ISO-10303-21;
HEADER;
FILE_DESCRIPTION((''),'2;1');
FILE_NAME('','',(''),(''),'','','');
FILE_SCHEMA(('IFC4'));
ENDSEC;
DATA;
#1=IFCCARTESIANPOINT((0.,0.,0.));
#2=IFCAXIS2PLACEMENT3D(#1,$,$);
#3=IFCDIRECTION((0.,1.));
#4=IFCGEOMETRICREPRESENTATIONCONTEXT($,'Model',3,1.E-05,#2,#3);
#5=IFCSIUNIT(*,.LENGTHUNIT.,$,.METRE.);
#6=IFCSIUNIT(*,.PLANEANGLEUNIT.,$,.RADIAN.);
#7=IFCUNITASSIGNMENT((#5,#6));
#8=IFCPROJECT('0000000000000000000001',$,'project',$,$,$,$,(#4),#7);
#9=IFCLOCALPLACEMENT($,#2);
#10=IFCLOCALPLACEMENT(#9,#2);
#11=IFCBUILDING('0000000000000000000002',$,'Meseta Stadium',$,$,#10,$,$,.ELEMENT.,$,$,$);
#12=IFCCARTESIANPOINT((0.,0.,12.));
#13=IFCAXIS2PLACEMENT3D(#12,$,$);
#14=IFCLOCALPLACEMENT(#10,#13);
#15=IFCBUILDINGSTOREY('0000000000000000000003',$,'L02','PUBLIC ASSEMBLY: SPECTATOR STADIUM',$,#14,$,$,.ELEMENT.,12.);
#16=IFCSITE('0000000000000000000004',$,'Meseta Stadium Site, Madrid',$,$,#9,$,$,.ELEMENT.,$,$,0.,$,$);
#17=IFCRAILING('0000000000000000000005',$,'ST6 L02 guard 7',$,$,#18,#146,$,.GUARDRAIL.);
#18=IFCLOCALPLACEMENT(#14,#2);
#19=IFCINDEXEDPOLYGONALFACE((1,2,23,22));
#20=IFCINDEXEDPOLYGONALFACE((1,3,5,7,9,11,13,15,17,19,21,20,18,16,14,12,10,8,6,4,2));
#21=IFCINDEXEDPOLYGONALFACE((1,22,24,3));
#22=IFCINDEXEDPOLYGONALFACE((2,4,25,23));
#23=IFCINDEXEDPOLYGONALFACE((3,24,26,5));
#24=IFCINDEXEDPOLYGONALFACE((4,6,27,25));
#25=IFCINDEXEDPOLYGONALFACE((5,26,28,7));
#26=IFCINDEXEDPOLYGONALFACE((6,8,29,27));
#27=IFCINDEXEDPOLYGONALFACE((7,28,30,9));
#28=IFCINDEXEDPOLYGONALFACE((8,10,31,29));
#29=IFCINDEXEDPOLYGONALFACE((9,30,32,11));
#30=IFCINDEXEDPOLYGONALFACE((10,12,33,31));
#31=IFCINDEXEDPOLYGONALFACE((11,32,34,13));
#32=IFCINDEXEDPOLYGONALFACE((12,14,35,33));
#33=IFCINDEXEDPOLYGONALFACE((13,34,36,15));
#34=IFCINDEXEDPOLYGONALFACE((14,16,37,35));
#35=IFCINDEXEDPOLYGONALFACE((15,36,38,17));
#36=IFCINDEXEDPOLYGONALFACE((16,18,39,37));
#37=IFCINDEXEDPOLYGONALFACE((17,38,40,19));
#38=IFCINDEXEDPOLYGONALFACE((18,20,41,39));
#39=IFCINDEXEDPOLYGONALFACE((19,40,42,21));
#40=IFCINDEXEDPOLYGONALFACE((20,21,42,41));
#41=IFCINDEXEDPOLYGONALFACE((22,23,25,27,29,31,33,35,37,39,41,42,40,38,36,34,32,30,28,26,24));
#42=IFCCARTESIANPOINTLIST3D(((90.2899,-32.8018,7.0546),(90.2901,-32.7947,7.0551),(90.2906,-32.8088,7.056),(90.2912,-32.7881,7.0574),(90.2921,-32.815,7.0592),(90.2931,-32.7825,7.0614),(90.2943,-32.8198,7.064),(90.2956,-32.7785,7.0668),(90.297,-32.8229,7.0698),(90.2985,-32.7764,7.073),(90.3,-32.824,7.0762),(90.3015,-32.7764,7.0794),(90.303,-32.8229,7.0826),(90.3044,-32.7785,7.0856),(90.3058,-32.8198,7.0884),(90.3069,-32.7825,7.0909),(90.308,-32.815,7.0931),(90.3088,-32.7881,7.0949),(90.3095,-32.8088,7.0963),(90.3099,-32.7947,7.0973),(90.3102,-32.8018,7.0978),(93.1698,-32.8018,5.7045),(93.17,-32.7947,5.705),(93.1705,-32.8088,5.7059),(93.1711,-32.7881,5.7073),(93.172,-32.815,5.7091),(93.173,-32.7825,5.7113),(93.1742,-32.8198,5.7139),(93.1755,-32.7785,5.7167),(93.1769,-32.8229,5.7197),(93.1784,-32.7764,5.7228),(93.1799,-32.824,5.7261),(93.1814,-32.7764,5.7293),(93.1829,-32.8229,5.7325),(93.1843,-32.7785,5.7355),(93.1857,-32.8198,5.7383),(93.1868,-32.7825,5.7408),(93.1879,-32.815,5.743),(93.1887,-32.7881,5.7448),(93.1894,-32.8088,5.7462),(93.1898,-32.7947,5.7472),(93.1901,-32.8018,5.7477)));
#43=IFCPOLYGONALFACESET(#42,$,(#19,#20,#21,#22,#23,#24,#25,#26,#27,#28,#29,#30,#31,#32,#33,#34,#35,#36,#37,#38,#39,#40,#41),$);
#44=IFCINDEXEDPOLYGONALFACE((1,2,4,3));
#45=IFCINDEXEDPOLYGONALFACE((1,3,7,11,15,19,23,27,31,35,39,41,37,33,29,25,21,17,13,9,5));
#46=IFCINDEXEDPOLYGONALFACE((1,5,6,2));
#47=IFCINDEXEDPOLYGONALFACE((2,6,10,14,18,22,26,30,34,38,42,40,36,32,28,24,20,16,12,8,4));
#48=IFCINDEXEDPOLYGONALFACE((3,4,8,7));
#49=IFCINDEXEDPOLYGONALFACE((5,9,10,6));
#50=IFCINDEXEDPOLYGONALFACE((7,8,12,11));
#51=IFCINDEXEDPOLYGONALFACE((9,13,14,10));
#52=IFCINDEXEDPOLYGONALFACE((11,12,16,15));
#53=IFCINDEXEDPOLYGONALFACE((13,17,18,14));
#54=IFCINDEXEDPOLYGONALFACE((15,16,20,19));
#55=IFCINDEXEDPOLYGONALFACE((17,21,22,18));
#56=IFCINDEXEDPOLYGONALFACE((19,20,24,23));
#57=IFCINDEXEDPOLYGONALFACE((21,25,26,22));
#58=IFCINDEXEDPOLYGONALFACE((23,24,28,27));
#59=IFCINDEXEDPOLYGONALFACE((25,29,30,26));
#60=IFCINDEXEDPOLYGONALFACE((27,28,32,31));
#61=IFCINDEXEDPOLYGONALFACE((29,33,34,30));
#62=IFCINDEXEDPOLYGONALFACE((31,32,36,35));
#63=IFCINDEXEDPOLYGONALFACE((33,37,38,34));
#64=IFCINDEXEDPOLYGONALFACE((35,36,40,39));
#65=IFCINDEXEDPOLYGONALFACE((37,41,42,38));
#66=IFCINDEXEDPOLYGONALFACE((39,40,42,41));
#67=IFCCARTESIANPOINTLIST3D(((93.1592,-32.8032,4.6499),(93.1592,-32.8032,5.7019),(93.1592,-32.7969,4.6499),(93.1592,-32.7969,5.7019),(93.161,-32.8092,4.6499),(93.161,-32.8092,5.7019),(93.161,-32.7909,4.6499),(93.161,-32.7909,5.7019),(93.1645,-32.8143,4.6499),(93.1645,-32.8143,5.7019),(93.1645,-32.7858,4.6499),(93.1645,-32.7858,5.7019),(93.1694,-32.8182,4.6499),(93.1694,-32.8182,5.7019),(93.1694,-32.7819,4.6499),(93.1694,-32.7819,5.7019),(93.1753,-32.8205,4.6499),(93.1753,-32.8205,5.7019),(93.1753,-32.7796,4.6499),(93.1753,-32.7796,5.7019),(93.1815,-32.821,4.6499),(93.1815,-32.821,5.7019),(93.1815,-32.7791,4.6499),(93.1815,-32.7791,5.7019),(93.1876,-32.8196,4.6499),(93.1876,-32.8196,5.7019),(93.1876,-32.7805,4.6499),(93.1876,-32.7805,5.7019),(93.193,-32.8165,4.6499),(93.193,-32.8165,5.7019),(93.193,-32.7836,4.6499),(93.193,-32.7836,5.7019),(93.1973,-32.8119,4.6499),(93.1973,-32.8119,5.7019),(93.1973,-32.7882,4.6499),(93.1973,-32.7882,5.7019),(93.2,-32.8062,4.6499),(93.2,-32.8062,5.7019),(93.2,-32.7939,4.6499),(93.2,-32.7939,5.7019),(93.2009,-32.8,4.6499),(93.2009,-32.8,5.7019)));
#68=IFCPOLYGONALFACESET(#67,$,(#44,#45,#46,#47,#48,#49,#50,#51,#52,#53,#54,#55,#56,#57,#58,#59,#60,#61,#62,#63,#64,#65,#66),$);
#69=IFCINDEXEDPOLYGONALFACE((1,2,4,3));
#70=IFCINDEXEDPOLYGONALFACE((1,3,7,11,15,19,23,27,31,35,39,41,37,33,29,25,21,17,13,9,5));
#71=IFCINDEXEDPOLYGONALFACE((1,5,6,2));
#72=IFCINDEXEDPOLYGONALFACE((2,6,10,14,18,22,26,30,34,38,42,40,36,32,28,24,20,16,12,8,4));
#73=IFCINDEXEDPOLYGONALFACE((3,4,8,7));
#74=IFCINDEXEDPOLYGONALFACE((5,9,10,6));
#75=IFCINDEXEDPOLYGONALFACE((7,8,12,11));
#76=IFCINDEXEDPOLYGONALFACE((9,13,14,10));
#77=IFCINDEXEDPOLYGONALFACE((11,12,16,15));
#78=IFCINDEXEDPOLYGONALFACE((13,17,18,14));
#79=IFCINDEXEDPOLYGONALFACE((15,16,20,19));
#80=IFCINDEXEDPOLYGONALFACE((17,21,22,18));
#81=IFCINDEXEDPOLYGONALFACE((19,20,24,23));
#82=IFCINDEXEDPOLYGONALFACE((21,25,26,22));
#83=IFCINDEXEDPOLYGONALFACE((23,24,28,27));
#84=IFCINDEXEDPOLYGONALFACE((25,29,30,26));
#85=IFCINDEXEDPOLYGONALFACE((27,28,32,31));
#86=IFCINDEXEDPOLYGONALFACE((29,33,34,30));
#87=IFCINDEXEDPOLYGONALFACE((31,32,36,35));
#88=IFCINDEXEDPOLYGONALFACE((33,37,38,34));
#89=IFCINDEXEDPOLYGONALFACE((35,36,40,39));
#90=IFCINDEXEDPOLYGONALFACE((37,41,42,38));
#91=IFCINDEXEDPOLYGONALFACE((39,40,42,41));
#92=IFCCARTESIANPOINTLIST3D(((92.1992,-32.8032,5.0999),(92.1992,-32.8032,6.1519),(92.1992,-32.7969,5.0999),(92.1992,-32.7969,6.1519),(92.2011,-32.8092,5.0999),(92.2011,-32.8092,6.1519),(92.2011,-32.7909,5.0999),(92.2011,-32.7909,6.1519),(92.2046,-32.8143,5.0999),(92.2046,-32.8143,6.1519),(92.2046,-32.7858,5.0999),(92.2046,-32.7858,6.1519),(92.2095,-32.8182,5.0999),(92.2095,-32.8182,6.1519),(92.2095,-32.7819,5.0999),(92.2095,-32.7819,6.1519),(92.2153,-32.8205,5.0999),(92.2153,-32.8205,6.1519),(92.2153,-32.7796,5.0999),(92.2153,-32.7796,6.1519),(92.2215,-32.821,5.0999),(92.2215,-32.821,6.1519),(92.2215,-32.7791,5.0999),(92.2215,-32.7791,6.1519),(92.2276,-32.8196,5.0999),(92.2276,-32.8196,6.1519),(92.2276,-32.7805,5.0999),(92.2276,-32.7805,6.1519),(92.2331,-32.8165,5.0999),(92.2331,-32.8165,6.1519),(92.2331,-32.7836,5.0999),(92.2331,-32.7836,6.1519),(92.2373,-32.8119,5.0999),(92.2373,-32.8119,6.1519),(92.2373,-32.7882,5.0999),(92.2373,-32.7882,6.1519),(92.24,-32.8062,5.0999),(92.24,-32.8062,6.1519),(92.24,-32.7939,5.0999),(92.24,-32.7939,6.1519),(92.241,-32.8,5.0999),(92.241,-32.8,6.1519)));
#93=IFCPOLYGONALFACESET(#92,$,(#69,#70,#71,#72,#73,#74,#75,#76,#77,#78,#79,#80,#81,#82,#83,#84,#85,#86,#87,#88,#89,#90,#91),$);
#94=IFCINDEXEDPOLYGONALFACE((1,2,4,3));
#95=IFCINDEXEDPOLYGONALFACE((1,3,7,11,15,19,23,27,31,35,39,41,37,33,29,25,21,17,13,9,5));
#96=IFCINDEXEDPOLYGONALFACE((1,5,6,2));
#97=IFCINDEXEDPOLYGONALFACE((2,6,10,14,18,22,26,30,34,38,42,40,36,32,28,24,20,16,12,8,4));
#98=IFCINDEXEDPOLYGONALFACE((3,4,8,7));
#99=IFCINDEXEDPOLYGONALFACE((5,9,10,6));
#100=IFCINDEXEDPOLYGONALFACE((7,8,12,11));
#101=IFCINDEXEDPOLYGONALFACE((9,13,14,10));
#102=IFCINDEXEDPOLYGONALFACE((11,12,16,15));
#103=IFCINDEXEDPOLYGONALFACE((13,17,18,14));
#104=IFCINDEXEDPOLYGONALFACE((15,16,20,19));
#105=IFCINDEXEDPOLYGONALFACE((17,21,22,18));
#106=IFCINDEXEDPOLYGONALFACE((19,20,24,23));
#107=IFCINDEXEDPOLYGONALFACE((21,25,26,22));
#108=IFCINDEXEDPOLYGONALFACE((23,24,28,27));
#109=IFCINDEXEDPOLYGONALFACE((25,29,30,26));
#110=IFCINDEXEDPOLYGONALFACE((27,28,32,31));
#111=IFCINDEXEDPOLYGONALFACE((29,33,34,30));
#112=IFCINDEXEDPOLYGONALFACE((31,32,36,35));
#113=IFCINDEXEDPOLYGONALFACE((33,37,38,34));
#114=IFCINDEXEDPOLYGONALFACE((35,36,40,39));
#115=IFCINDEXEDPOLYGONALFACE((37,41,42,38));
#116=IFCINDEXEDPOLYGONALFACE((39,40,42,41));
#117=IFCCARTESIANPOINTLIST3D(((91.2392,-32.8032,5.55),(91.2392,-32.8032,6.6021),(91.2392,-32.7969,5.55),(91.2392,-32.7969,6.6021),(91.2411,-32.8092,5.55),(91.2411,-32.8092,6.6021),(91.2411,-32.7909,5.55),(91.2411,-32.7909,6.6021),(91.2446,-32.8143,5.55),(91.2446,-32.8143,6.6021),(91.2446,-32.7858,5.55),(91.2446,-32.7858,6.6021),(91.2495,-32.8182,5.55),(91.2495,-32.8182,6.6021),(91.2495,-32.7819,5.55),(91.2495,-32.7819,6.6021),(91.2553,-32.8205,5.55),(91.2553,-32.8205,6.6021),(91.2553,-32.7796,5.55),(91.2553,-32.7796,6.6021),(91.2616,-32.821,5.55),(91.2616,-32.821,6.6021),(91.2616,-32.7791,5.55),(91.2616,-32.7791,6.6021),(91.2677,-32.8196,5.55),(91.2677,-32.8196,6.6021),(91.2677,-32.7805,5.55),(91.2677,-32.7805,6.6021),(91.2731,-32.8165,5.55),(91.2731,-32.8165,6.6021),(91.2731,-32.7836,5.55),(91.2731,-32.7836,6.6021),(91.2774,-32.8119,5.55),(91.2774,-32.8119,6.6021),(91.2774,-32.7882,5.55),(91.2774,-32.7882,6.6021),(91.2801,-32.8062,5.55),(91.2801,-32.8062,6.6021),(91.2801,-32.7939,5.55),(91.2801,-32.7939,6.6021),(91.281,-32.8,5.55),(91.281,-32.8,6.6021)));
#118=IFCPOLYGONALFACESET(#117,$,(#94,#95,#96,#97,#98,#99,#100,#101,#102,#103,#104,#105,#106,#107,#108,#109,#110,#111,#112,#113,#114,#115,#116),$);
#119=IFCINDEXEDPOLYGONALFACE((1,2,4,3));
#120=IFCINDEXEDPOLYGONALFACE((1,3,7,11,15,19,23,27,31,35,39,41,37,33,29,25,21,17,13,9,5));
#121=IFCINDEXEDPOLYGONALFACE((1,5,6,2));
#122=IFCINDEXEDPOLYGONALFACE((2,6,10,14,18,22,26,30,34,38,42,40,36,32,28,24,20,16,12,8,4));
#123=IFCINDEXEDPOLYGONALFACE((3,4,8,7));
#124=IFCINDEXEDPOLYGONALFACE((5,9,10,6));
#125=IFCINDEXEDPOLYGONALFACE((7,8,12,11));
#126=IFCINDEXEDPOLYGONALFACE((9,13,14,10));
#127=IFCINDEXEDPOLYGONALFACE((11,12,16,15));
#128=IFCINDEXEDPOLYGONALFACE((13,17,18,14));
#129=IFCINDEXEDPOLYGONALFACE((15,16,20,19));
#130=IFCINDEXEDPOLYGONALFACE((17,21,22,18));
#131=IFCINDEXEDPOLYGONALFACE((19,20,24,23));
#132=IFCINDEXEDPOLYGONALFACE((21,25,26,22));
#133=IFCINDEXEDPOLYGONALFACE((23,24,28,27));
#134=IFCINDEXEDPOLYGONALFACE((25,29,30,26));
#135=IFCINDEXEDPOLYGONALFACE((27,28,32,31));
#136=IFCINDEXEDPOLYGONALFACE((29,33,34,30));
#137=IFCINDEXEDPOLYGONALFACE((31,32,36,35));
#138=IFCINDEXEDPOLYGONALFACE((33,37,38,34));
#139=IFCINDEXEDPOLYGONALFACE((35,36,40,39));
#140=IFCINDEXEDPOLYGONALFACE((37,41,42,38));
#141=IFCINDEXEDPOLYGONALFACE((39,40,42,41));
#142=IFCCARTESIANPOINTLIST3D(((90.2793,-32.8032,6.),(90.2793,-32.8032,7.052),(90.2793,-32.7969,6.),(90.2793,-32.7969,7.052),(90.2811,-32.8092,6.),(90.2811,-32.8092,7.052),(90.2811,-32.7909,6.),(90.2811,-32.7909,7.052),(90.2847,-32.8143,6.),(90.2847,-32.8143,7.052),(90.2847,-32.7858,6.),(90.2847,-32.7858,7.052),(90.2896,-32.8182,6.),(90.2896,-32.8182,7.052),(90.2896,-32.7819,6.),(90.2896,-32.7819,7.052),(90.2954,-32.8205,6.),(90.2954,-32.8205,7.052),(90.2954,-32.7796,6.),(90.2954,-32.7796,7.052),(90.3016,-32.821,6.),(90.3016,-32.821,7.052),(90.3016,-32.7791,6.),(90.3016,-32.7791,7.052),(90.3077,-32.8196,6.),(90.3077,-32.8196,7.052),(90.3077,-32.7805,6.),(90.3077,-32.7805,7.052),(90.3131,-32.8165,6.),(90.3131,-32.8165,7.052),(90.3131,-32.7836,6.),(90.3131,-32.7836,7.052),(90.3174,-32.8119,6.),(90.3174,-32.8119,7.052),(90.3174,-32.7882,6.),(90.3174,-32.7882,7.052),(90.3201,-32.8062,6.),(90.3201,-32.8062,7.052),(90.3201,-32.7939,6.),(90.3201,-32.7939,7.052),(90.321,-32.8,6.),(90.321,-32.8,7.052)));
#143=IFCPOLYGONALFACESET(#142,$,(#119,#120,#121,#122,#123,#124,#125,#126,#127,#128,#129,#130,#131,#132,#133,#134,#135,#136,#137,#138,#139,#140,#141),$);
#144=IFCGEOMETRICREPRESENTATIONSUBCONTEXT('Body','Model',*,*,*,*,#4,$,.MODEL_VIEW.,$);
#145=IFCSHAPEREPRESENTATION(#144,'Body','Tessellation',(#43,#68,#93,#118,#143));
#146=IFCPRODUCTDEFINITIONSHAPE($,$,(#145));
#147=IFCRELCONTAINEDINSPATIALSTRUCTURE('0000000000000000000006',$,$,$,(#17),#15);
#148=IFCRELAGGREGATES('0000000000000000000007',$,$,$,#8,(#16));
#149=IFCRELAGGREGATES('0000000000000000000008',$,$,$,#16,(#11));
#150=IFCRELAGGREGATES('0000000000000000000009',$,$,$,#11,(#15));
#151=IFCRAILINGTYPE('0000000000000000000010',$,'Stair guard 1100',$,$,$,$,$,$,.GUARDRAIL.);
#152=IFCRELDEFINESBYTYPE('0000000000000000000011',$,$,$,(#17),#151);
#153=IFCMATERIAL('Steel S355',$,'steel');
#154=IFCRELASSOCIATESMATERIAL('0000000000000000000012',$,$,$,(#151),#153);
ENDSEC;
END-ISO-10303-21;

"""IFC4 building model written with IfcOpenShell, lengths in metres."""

from ifc_helpers import new_model, si_unit, direction, frame, origin, origin_2d, place, context, subcontext, project, spatial, circle, extrude, material, type_object, element, save


model = new_model("IFC4")

# Units and contexts
model_context = context("Model", 3, precision=1e-05, world=origin(), true_north=direction((0.0, 1.0)))
body_context = subcontext(model_context, "Body", "Model", "MODEL_VIEW")
ifc_project = project(units=[si_unit("LENGTHUNIT", "METRE"), si_unit("PLANEANGLEUNIT", "RADIAN")], contexts=[model_context])

# Site, building, storey
site_placement = place(None, origin())
site = spatial("IfcSite", under=ifc_project, at=site_placement, Name="Meseta Stadium Site, Madrid", CompositionType="ELEMENT", RefElevation=0.0)
building_placement = place(site_placement, origin())
building = spatial("IfcBuilding", under=site, at=building_placement, Name="Meseta Stadium", CompositionType="ELEMENT")
storey_placement = place(building_placement, frame((0.0, 0.0, 12.0)))
storey = spatial("IfcBuildingStorey", under=building, at=storey_placement, Name="L02", Description="PUBLIC ASSEMBLY: SPECTATOR STADIUM", CompositionType="ELEMENT", Elevation=12.0)

# Railing
ifc_material_1 = material(Name="Steel S355", Category="steel")
railing_type_1 = type_object("IfcRailingType", Name="Stair guard 1100", PredefinedType="GUARDRAIL", material=ifc_material_1)
railing_1_placement = place(storey_placement, frame((93.1799, -32.8, 4.6499)))
element("IfcRailing", 1, at=railing_1_placement, inside=storey, type_object=railing_type_1, Name="ST6 L02 guard 7", PredefinedType="GUARDRAIL", context=body_context, shape_type="SweptSolid", body=[
    extrude(circle(Radius=0.0239, at=origin_2d()), frame((0.0, 0.0, 1.0762), z_axis=(-0.90544, 0.0, 0.424473), x_axis=(0.0, -1.0, 0.0)), (0.0, 0.0, 1.0), 3.1807),
    extrude(circle(Radius=0.021, at=origin_2d()), origin(), (0.0, 0.0, 1.0), 1.052),
    extrude(circle(Radius=0.021, at=origin_2d()), frame((-0.96, 0.0, 0.45)), (0.0, 0.0, 1.0), 1.052),
    extrude(circle(Radius=0.021, at=origin_2d()), frame((-1.9199, 0.0, 0.9001)), (0.0, 0.0, 1.0), 1.052),
    extrude(circle(Radius=0.021, at=origin_2d()), frame((-2.8799, 0.0, 1.3501)), (0.0, 0.0, 1.0), 1.052),
])

save(model, "model.ifc")
